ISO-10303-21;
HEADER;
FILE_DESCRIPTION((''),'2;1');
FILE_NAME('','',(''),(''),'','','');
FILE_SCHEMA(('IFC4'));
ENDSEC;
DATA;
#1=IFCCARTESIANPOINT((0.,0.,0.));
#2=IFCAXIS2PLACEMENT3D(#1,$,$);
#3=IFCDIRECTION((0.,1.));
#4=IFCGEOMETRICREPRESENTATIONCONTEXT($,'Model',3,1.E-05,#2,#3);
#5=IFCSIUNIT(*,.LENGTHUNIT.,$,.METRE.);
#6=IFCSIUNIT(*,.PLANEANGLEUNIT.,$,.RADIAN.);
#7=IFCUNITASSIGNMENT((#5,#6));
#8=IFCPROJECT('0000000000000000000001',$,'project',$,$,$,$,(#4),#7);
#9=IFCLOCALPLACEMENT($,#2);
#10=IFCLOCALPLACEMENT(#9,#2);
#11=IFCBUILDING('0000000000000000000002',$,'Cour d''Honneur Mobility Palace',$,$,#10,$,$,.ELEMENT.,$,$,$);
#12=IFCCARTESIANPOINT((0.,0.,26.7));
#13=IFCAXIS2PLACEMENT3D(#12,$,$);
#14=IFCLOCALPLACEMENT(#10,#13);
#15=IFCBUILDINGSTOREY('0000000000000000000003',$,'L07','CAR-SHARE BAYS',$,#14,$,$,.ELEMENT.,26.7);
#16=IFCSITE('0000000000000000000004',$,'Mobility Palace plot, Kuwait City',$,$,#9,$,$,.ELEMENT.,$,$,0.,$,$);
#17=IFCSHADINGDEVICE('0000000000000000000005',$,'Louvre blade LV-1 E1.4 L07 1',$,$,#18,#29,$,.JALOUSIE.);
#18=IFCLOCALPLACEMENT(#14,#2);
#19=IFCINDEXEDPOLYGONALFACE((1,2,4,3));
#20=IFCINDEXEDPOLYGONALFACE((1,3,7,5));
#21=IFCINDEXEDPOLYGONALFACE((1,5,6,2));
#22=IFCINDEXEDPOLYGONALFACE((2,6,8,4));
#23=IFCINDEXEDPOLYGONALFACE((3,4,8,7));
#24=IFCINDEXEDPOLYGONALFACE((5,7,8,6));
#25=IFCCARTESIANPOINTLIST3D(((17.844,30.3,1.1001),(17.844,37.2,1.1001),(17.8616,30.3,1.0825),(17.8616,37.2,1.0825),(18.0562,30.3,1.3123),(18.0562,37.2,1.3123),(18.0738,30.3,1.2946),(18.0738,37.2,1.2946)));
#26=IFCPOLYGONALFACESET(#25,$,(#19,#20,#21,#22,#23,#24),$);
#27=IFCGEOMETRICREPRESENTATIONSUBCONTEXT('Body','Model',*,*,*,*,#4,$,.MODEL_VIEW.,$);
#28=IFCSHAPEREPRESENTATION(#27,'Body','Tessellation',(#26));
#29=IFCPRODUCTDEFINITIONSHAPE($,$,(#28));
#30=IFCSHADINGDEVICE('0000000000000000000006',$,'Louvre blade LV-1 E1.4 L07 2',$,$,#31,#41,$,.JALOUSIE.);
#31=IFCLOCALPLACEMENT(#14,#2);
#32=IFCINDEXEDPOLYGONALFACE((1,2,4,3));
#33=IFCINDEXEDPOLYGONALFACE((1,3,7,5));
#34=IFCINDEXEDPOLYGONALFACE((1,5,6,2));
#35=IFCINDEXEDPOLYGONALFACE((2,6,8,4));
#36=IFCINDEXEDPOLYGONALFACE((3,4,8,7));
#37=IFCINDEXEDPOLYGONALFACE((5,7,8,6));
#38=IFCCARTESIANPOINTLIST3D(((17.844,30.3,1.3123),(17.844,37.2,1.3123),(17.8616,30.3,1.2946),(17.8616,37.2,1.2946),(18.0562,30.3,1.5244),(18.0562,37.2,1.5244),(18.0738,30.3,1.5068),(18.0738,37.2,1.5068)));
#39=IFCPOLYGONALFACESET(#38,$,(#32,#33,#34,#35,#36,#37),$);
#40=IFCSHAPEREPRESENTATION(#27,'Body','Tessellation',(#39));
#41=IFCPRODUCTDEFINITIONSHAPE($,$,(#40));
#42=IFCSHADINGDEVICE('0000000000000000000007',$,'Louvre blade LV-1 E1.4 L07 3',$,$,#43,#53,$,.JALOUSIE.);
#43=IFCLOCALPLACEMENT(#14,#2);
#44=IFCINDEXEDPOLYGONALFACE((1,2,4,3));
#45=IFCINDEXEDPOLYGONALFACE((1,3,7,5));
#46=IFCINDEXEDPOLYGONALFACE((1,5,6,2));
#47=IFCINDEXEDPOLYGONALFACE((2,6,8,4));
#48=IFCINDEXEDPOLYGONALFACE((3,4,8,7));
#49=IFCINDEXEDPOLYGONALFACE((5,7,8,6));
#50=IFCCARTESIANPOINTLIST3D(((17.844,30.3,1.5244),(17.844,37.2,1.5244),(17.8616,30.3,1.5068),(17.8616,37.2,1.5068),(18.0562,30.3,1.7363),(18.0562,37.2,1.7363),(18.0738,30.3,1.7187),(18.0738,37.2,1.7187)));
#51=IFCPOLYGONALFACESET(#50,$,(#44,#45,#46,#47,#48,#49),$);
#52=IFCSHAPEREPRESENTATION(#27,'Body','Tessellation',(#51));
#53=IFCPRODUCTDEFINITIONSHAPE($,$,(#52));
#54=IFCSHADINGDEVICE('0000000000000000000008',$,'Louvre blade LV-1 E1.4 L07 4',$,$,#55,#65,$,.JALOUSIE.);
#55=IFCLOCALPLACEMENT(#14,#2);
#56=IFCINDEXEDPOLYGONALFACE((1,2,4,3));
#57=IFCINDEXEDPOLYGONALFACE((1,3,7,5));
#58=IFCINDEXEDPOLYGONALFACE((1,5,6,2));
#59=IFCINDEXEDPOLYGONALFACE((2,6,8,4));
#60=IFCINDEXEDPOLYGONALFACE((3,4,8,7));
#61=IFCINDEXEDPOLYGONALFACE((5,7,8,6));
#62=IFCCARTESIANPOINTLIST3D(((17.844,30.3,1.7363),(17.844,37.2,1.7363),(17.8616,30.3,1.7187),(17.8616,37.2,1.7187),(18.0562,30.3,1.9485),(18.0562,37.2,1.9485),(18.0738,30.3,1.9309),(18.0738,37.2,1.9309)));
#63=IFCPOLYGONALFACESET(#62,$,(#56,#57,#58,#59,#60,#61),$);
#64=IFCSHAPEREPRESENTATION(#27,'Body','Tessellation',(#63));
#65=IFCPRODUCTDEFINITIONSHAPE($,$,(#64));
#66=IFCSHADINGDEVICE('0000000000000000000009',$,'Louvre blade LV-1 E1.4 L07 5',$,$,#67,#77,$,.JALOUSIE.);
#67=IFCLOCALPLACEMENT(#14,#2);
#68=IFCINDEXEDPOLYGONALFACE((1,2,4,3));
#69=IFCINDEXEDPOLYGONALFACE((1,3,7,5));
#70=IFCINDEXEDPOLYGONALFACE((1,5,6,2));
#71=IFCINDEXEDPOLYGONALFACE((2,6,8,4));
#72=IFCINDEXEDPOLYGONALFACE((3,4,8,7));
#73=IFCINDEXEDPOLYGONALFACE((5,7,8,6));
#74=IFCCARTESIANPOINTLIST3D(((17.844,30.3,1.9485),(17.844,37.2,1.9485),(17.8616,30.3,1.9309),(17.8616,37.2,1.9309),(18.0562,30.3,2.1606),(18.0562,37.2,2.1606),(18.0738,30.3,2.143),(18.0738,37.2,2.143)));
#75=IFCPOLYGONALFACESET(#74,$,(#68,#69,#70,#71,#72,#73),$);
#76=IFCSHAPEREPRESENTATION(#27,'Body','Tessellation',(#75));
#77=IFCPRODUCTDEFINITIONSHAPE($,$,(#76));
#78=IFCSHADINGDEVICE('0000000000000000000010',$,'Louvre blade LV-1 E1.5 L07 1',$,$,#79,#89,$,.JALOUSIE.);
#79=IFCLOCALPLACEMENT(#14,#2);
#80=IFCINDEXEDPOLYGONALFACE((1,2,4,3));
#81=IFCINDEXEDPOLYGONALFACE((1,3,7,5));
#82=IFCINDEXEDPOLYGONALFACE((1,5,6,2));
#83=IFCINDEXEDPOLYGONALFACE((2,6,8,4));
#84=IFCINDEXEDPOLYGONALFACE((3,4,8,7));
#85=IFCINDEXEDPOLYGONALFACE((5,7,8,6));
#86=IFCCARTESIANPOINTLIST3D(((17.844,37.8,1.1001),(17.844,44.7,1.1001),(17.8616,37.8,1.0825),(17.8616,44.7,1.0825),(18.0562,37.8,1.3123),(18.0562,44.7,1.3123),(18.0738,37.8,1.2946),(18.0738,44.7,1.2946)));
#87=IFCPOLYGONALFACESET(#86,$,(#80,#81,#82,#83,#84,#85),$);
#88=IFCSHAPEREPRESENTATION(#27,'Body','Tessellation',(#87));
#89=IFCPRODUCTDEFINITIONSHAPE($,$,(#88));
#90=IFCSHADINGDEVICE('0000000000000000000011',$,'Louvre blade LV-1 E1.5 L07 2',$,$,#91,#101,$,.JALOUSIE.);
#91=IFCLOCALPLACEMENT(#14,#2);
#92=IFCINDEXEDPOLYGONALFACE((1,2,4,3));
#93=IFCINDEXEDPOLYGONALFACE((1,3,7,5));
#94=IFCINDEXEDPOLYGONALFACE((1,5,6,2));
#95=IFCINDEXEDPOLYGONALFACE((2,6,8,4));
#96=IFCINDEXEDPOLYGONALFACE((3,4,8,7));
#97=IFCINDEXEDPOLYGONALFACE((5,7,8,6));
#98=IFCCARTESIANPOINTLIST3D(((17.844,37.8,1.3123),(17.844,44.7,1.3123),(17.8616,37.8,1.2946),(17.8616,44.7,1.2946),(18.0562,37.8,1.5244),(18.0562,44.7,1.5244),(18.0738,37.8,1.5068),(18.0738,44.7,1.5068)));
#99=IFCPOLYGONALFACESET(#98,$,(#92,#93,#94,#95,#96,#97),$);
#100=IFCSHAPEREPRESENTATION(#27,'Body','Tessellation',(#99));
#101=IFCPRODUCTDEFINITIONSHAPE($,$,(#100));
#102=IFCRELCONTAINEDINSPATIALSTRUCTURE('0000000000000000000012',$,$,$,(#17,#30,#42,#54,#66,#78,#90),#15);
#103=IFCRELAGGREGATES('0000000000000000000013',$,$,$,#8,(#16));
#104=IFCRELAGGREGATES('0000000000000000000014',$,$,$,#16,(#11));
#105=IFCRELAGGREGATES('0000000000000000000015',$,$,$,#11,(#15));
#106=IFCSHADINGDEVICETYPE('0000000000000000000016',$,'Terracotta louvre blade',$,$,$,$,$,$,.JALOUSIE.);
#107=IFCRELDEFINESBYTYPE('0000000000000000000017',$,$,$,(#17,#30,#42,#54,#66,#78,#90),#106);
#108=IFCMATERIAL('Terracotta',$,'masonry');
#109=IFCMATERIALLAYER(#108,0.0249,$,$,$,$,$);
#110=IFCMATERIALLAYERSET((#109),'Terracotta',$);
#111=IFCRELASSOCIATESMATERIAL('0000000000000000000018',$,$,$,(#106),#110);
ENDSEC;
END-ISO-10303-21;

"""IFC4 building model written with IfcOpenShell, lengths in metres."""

from ifc_helpers import new_model, si_unit, direction, frame, origin, place, context, subcontext, project, spatial, polyline, outline, extrude, material, layer, layer_set, type_object, element, save


model = new_model("IFC4")

# Units and contexts
model_context = context("Model", 3, precision=1e-05, world=origin(), true_north=direction((0.0, 1.0)))
body_context = subcontext(model_context, "Body", "Model", "MODEL_VIEW")
ifc_project = project(units=[si_unit("LENGTHUNIT", "METRE"), si_unit("PLANEANGLEUNIT", "RADIAN")], contexts=[model_context])

# Site, building, storey
site_placement = place(None, origin())
site = spatial("IfcSite", under=ifc_project, at=site_placement, Name="Mobility Palace plot, Kuwait City", CompositionType="ELEMENT", RefElevation=0.0)
building_placement = place(site_placement, origin())
building = spatial("IfcBuilding", under=site, at=building_placement, Name="Cour d'Honneur Mobility Palace", CompositionType="ELEMENT")
storey_placement = place(building_placement, frame((0.0, 0.0, 26.7)))
storey = spatial("IfcBuildingStorey", under=building, at=storey_placement, Name="L07", Description="CAR-SHARE BAYS", CompositionType="ELEMENT", Elevation=26.7)

# Shading devices
ifc_material_1 = material(Name="Terracotta", Category="masonry")
ifc_layer_1 = layer(ifc_material_1, 0.0249)
ifc_layer_set_1 = layer_set([ifc_layer_1], Name="Terracotta")
shading_device_type = type_object("IfcShadingDeviceType", Name="Terracotta louvre blade", PredefinedType="JALOUSIE", material=ifc_layer_set_1)
for number, where, z_axis, x_axis, name in (
    (1, (17.844, 30.3, 1.1001), (-0.707107, 0.0, 0.707107), (0.0, 1.0, 0.0), "Louvre blade LV-1 E1.4 L07 1"),
    (2, (17.844, 30.3, 1.3123), (-0.707107, 0.0, 0.707107), (0.0, 1.0, 0.0), "Louvre blade LV-1 E1.4 L07 2"),
):
    element("IfcShadingDevice", number, at=place(storey_placement, frame(where, z_axis=z_axis, x_axis=x_axis)), inside=storey, type_object=shading_device_type, Name=name, PredefinedType="JALOUSIE", context=body_context, shape_type="SweptSolid", body=[
        extrude(outline(polyline([(0.0, 0.0), (6.8999, 0.0), (6.8999, -0.3), (0.0, -0.3), (0.0, 0.0)])), origin(), (0.0, 0.0, -1.0), 0.0249),
    ])
shading_device_placement = place(storey_placement, frame((17.844, 30.3, 1.5244), z_axis=(-0.7067, 0.0, 0.707514), x_axis=(0.0, 1.0, 0.0)))
element("IfcShadingDevice", 3, at=shading_device_placement, inside=storey, type_object=shading_device_type, Name="Louvre blade LV-1 E1.4 L07 3", PredefinedType="JALOUSIE", context=body_context, shape_type="SweptSolid", body=[
    extrude(outline(polyline([(0.0, 0.0), (6.8999, 0.0), (6.8999, -0.2999), (0.0, -0.2999), (0.0, 0.0)])), origin(), (0.0, 0.0, -1.0), 0.0249),
])
for number, where, z_axis, x_axis, name in (
    (4, (17.844, 30.3, 1.7363), (-0.707107, 0.0, 0.707107), (0.0, 1.0, 0.0), "Louvre blade LV-1 E1.4 L07 4"),
    (5, (17.844, 30.3, 1.9485), (-0.707107, 0.0, 0.707107), (0.0, 1.0, 0.0), "Louvre blade LV-1 E1.4 L07 5"),
    (6, (17.844, 37.8, 1.1001), (-0.707107, 0.0, 0.707107), (0.0, 1.0, 0.0), "Louvre blade LV-1 E1.5 L07 1"),
    (7, (17.844, 37.8, 1.3123), (-0.707107, 0.0, 0.707107), (0.0, 1.0, 0.0), "Louvre blade LV-1 E1.5 L07 2"),
):
    element("IfcShadingDevice", number, at=place(storey_placement, frame(where, z_axis=z_axis, x_axis=x_axis)), inside=storey, type_object=shading_device_type, Name=name, PredefinedType="JALOUSIE", context=body_context, shape_type="SweptSolid", body=[
        extrude(outline(polyline([(0.0, 0.0), (6.8999, 0.0), (6.8999, -0.3), (0.0, -0.3), (0.0, 0.0)])), origin(), (0.0, 0.0, -1.0), 0.0249),
    ])

save(model, "model.ifc")
